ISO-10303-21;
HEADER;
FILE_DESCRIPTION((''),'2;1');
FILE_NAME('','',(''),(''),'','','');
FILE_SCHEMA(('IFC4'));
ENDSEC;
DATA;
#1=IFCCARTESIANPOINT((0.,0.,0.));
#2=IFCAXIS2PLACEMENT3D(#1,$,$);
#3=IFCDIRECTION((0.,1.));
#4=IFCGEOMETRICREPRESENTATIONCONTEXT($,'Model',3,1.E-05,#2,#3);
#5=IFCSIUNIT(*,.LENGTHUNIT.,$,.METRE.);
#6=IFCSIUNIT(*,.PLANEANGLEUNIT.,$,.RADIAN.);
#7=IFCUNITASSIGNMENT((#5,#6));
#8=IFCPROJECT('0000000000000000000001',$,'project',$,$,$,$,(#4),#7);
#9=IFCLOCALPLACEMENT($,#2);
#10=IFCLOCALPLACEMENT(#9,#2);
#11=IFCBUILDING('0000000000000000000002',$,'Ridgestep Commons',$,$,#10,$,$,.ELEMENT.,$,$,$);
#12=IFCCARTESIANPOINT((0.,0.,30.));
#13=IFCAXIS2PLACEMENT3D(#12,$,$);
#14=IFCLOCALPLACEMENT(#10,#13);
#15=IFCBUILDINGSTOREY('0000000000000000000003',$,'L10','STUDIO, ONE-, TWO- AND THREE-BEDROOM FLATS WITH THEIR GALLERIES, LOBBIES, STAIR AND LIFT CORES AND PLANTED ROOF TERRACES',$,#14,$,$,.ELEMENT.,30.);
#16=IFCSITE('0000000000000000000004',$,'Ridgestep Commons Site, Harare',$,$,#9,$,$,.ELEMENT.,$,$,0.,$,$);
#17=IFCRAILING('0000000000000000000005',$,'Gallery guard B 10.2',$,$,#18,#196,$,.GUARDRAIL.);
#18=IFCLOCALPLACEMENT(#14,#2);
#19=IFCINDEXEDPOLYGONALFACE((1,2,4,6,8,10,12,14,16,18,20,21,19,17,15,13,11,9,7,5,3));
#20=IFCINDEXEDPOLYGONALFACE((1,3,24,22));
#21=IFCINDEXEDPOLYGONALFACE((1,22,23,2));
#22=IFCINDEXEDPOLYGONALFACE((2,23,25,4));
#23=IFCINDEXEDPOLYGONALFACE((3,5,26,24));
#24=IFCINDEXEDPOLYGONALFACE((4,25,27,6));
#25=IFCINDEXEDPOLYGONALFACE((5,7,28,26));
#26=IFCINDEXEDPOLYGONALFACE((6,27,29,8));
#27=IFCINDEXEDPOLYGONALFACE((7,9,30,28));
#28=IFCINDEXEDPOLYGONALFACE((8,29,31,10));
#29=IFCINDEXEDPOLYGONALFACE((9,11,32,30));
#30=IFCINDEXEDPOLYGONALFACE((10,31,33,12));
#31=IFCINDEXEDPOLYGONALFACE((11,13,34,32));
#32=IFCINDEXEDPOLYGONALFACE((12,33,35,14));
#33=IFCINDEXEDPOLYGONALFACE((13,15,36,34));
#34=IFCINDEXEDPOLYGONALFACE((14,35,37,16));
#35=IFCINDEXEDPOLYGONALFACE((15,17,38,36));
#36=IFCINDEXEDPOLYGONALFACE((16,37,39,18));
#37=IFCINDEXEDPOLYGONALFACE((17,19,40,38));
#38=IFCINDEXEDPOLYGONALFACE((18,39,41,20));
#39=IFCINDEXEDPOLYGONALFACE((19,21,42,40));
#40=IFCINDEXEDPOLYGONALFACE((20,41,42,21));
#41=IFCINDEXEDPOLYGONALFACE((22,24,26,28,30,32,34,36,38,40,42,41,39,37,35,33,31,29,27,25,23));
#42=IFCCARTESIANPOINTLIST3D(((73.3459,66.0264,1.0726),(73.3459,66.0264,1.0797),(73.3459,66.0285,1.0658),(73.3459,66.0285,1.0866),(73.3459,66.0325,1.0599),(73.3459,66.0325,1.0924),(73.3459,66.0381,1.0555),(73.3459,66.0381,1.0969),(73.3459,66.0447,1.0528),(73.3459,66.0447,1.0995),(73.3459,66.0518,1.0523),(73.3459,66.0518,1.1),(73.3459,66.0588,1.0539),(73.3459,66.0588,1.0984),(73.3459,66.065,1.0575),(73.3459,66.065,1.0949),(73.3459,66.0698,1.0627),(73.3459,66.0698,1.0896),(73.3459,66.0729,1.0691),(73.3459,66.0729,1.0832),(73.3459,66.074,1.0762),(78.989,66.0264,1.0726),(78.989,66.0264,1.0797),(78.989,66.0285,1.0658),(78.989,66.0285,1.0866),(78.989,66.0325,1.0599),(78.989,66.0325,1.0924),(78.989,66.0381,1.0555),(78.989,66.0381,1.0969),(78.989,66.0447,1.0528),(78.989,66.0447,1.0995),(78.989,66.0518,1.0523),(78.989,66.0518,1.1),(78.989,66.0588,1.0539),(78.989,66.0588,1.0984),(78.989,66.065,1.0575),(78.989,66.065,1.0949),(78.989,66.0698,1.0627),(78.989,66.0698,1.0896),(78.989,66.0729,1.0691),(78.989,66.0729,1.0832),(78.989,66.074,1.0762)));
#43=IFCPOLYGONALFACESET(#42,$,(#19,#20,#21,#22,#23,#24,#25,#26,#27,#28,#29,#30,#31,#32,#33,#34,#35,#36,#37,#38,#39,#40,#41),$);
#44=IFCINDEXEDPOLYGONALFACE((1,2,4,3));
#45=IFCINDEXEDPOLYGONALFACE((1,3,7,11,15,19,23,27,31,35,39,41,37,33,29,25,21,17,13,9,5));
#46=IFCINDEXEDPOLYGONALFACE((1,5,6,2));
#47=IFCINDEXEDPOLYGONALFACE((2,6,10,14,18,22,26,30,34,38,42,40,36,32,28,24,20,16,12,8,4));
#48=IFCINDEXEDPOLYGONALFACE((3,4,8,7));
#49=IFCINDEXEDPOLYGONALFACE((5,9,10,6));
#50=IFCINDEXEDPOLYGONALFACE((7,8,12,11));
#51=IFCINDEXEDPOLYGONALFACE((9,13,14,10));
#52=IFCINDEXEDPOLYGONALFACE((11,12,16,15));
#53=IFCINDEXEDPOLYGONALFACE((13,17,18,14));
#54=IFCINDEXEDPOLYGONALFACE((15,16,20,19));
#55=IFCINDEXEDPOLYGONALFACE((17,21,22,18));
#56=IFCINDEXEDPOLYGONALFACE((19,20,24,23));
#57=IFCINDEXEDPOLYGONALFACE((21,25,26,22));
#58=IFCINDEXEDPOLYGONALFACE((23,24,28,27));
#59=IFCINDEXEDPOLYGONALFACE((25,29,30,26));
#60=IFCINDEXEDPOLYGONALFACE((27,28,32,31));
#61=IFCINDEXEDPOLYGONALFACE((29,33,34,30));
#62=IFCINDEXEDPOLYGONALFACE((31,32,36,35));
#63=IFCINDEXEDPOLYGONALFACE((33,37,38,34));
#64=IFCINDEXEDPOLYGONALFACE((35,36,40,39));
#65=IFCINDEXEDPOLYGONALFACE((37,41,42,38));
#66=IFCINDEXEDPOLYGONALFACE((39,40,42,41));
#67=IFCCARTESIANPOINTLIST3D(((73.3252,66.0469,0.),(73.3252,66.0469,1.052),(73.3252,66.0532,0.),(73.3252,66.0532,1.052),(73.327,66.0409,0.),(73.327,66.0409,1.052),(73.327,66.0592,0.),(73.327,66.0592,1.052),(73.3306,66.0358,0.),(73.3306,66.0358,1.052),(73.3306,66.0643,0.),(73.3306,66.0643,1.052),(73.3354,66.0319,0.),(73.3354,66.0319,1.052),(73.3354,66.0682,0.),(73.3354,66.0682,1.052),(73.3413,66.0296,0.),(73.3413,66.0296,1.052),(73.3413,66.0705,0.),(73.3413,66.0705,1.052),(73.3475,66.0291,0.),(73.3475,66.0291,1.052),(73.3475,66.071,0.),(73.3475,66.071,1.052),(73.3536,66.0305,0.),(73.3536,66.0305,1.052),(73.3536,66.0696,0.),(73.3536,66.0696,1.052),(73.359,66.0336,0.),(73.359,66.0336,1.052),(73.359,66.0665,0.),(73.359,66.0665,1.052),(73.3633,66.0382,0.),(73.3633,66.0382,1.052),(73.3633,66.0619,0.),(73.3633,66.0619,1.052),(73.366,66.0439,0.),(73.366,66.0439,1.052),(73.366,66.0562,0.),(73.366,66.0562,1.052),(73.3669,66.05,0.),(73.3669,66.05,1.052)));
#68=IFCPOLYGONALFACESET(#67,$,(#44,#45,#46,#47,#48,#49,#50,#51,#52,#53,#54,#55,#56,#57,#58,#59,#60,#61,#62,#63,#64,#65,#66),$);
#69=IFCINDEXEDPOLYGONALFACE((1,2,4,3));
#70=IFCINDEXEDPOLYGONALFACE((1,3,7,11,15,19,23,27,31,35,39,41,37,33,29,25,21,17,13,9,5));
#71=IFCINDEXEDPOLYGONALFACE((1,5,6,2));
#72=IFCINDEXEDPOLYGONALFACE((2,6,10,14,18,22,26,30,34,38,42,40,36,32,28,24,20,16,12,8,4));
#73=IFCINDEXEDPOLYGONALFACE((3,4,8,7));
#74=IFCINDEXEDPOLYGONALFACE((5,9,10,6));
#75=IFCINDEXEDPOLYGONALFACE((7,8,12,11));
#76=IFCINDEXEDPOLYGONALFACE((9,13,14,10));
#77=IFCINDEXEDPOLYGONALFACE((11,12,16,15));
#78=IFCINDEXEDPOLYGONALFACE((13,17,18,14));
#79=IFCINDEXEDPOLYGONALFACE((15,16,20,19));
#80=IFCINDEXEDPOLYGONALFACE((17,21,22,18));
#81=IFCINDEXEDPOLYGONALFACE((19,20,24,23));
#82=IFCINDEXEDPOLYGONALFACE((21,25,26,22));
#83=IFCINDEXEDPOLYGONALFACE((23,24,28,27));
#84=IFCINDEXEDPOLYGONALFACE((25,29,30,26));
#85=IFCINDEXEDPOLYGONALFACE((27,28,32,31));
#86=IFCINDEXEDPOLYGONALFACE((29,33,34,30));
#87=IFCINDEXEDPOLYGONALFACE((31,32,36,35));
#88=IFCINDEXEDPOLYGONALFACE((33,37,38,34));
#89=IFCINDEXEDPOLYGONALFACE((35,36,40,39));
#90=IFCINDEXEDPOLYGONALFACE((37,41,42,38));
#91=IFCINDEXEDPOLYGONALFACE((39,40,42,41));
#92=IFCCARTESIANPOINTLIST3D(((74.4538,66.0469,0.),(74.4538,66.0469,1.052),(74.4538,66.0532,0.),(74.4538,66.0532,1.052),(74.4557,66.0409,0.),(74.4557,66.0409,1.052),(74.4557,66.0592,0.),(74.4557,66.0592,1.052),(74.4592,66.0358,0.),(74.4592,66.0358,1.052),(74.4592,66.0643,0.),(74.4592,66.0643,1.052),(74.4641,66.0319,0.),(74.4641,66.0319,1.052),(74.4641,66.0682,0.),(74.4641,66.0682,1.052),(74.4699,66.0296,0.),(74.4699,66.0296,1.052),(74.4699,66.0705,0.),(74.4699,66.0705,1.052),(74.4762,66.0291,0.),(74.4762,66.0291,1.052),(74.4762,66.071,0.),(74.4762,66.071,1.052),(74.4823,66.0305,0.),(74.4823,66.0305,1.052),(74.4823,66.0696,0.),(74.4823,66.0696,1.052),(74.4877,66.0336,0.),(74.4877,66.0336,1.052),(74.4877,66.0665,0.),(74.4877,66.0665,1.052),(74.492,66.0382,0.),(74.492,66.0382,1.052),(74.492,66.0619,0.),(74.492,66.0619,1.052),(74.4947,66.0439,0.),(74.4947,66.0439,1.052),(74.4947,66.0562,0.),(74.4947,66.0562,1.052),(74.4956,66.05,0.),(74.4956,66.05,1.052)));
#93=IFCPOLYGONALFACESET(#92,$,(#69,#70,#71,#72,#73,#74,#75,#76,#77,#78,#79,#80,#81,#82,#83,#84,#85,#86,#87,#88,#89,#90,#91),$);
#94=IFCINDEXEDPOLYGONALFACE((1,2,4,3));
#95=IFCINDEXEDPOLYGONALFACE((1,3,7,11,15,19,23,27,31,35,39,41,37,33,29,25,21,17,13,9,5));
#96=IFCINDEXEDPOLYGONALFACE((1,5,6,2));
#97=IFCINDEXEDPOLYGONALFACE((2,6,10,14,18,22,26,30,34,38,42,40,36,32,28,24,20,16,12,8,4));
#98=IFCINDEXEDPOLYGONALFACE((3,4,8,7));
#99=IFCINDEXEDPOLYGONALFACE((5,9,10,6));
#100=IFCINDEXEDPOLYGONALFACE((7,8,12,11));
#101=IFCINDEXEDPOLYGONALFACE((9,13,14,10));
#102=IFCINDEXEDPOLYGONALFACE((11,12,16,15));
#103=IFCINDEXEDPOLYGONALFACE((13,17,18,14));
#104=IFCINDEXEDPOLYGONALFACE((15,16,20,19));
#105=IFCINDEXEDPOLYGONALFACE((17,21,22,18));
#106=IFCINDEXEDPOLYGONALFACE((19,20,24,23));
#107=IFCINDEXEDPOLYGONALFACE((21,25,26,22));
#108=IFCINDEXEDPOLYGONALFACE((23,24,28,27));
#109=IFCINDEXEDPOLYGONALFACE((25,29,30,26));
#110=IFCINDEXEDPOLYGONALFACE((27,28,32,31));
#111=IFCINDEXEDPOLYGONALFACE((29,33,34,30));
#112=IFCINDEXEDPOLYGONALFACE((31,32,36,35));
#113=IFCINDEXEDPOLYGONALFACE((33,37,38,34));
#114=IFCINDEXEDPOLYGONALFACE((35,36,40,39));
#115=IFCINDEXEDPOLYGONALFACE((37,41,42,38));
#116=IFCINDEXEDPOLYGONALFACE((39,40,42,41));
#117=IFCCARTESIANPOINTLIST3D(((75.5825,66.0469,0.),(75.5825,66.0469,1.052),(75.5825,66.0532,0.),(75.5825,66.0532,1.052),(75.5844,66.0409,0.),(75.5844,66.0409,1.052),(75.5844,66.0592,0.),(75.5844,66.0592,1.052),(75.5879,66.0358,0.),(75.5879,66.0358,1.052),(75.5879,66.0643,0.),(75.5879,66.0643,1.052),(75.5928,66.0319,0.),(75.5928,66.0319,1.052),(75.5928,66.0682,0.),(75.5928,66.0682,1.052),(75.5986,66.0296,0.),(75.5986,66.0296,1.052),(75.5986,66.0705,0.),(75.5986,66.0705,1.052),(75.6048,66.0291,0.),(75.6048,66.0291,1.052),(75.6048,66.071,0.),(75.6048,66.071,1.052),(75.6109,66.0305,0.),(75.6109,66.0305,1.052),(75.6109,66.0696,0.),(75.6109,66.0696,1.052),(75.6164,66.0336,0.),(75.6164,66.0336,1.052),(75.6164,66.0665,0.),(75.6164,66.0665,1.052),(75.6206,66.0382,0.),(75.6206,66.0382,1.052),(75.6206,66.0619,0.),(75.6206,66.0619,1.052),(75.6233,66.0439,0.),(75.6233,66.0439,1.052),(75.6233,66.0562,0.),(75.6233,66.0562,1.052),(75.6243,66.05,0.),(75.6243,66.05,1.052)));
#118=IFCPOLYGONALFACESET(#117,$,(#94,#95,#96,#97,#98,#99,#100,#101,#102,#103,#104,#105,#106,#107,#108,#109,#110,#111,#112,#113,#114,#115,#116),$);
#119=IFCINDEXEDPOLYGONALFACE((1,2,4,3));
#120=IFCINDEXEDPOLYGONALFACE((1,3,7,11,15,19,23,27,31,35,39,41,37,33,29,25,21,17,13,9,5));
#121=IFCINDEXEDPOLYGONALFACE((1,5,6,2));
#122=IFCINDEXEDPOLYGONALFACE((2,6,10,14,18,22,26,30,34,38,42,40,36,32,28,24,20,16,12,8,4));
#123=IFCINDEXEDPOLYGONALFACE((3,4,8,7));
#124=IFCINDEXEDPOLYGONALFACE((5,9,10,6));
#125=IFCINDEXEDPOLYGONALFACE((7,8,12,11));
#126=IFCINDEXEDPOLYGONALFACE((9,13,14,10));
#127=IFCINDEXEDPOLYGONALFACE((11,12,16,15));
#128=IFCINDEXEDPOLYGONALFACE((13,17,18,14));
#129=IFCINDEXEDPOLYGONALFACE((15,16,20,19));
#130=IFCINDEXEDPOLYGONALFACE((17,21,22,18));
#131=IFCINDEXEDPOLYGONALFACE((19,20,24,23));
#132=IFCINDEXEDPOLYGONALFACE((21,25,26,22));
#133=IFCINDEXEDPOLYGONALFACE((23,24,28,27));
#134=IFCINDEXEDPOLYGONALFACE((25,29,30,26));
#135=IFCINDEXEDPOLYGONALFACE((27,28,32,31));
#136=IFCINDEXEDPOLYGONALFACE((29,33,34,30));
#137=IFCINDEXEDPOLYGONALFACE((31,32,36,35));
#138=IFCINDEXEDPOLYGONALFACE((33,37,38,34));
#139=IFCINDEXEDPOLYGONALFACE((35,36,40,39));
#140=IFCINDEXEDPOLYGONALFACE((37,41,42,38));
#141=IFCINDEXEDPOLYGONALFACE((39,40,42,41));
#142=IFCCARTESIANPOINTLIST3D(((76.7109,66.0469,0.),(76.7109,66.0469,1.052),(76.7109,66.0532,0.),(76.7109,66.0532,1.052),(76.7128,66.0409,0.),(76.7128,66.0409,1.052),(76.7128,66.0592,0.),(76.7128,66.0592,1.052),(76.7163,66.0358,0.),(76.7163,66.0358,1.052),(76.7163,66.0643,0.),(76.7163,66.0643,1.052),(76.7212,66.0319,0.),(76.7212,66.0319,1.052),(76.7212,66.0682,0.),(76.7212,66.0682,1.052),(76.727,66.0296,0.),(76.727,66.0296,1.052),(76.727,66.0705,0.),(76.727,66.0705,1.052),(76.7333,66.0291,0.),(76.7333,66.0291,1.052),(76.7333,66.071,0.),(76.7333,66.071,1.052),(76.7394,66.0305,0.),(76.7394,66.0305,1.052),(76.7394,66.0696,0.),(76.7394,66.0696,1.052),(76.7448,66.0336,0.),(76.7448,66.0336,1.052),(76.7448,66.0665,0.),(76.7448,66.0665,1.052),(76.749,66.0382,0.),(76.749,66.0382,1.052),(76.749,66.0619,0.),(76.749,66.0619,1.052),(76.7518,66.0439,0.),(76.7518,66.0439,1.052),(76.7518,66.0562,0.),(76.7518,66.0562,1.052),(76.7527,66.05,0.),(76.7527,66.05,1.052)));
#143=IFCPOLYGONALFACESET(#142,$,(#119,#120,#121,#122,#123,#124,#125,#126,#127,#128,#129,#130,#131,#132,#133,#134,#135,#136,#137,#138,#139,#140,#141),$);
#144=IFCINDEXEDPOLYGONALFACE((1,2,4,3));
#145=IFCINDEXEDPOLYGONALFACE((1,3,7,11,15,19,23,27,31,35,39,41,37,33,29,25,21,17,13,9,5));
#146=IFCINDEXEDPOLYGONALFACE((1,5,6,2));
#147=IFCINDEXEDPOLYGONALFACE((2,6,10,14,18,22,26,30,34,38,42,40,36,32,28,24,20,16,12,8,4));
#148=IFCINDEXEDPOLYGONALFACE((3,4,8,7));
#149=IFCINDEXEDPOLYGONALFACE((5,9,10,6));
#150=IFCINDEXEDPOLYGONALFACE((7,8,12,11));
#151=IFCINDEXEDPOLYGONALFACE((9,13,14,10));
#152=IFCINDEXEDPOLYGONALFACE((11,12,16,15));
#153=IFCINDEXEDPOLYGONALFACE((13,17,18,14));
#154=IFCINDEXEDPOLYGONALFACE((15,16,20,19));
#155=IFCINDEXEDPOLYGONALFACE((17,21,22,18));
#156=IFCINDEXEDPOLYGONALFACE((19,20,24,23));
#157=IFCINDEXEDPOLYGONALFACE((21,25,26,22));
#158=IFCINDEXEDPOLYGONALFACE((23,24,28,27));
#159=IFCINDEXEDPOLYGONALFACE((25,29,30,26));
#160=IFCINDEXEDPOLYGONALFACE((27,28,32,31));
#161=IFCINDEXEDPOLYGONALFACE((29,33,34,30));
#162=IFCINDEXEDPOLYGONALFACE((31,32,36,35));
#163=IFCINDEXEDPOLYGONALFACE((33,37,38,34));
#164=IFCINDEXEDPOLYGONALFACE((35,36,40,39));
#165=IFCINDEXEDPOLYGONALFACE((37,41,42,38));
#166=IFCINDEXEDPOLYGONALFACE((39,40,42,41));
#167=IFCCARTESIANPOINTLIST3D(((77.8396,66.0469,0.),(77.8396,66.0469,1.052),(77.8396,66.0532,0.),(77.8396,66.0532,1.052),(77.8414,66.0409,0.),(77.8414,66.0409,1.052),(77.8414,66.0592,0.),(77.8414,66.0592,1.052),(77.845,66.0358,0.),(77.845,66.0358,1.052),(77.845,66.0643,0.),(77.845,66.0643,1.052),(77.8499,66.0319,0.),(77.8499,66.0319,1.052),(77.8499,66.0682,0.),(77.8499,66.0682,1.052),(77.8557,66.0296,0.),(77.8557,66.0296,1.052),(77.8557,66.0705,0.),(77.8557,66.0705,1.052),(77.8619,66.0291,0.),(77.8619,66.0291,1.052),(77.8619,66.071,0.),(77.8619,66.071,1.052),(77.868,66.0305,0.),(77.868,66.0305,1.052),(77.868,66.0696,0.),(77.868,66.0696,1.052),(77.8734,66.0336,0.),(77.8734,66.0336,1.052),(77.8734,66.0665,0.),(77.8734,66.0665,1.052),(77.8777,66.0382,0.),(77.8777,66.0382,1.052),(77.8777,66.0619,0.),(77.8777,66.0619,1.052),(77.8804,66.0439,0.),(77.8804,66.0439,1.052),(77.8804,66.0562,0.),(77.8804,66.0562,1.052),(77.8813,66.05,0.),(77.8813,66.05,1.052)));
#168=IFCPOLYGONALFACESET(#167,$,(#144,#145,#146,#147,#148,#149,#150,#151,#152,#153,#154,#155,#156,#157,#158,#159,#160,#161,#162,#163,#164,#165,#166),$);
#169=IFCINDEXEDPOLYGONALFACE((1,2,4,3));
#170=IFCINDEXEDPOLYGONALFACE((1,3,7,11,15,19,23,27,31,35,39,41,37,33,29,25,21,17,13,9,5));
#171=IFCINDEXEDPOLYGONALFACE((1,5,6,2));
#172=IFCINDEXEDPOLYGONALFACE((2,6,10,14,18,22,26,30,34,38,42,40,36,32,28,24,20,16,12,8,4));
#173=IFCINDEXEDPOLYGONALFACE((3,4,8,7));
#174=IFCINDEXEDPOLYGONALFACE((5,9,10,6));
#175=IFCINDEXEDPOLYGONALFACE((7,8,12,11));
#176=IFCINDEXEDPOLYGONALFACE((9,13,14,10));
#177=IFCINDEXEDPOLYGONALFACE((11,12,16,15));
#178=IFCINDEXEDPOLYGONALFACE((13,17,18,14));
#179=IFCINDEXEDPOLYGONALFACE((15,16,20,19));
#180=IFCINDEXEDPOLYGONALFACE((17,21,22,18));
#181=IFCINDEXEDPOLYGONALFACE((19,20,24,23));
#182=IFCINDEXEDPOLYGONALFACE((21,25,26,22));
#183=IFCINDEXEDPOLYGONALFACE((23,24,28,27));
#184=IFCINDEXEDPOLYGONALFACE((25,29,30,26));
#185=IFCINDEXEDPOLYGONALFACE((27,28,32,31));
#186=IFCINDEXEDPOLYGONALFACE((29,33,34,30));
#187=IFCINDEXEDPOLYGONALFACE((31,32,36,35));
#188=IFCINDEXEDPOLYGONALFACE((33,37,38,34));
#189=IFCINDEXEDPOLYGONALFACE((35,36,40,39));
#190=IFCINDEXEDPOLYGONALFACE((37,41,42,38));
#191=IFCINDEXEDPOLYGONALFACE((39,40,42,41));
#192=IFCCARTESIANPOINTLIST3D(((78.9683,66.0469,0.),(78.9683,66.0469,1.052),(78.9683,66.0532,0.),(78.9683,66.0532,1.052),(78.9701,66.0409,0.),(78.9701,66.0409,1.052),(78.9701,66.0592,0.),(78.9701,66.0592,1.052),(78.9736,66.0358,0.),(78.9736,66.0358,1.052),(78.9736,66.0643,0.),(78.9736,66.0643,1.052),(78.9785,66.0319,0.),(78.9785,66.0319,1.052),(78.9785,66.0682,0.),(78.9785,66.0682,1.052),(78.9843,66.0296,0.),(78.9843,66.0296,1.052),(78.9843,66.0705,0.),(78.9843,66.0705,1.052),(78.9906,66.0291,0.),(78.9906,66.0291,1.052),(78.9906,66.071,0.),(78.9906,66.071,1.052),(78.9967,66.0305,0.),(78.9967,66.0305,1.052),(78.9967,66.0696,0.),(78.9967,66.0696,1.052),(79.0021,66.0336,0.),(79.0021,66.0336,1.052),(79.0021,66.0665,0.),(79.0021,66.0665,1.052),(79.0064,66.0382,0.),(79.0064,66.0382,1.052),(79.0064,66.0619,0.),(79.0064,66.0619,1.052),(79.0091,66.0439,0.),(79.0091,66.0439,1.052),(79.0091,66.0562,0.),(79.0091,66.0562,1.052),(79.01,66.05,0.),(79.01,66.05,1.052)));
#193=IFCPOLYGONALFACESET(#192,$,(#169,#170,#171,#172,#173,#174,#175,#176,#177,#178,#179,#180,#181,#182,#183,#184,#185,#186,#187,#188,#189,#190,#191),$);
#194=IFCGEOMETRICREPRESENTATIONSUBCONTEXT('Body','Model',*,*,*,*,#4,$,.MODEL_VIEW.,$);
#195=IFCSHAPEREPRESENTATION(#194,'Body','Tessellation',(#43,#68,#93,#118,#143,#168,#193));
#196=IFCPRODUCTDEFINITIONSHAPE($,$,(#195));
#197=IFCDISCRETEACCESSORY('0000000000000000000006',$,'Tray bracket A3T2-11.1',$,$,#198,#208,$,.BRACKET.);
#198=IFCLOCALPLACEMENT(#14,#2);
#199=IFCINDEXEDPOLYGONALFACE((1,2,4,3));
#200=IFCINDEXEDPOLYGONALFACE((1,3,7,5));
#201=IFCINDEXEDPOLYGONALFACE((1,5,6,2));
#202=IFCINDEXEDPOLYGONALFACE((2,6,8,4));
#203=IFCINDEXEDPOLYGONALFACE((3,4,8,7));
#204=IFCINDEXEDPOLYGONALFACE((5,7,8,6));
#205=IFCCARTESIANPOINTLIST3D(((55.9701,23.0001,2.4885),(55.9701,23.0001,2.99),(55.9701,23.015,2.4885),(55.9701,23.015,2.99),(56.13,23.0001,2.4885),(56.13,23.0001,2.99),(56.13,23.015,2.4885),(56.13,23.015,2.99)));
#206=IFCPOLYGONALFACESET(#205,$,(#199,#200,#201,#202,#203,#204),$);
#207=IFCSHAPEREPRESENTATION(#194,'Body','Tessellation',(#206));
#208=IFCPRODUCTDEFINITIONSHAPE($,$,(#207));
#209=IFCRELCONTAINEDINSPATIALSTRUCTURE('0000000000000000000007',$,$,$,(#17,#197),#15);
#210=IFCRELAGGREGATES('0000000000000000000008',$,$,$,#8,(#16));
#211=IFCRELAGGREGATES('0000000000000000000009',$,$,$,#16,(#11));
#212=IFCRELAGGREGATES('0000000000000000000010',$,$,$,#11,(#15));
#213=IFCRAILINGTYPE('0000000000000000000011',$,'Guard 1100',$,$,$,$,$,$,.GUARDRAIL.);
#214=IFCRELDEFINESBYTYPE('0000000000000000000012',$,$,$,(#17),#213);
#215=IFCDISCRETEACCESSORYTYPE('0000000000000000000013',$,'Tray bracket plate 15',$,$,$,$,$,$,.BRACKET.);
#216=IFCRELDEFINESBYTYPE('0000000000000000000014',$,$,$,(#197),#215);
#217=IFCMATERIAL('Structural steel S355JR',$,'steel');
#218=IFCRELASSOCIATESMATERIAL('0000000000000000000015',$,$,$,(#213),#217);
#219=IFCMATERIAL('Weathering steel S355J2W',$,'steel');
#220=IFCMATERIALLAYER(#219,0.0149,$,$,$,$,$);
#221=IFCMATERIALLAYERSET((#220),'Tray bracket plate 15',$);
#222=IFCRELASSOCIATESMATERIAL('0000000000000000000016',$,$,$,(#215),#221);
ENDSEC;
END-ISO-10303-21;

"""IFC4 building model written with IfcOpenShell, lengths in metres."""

from ifc_helpers import new_model, si_unit, direction, frame, origin, origin_2d, place, context, subcontext, project, spatial, rectangle, circle, extrude, material, layer, layer_set, type_object, element, save


model = new_model("IFC4")

# Units and contexts
model_context = context("Model", 3, precision=1e-05, world=origin(), true_north=direction((0.0, 1.0)))
body_context = subcontext(model_context, "Body", "Model", "MODEL_VIEW")
ifc_project = project(units=[si_unit("LENGTHUNIT", "METRE"), si_unit("PLANEANGLEUNIT", "RADIAN")], contexts=[model_context])

# Site, building, storey
site_placement = place(None, origin())
site = spatial("IfcSite", under=ifc_project, at=site_placement, Name="Ridgestep Commons Site, Harare", CompositionType="ELEMENT", RefElevation=0.0)
building_placement = place(site_placement, origin())
building = spatial("IfcBuilding", under=site, at=building_placement, Name="Ridgestep Commons", CompositionType="ELEMENT")
storey_placement = place(building_placement, frame((0.0, 0.0, 30.0)))
storey = spatial("IfcBuildingStorey", under=building, at=storey_placement, Name="L10", Description="STUDIO, ONE-, TWO- AND THREE-BEDROOM FLATS WITH THEIR GALLERIES, LOBBIES, STAIR AND LIFT CORES AND PLANTED ROOF TERRACES", CompositionType="ELEMENT", Elevation=30.0)

# Railing
ifc_material_1 = material(Name="Structural steel S355JR", Category="steel")
railing_type = type_object("IfcRailingType", Name="Guard 1100", PredefinedType="GUARDRAIL", material=ifc_material_1)
railing_1_placement = place(storey_placement, frame((73.3459, 66.05, 0.0)))
element("IfcRailing", 1, at=railing_1_placement, inside=storey, type_object=railing_type, Name="Gallery guard B 10.2", PredefinedType="GUARDRAIL", context=body_context, shape_type="SweptSolid", body=[
    extrude(circle(Radius=0.0239, at=origin_2d()), frame((0.0, 0.0, 1.0762), z_axis=(1.0, 0.0, 0.0), x_axis=(0.0, 1.0, 0.0)), (0.0, 0.0, 1.0), 5.6431),
    extrude(circle(Radius=0.021, at=origin_2d()), origin(), (0.0, 0.0, 1.0), 1.052),
    extrude(circle(Radius=0.021, at=origin_2d()), frame((1.1287, 0.0, 0.0)), (0.0, 0.0, 1.0), 1.052),
    extrude(circle(Radius=0.021, at=origin_2d()), frame((2.2573, 0.0, 0.0)), (0.0, 0.0, 1.0), 1.052),
    extrude(circle(Radius=0.021, at=origin_2d()), frame((3.3857, 0.0, 0.0)), (0.0, 0.0, 1.0), 1.052),
    extrude(circle(Radius=0.021, at=origin_2d()), frame((4.5144, 0.0, 0.0)), (0.0, 0.0, 1.0), 1.052),
    extrude(circle(Radius=0.021, at=origin_2d()), frame((5.6431, 0.0, 0.0)), (0.0, 0.0, 1.0), 1.052),
])

# Discrete accessory
ifc_material_2 = material(Name="Weathering steel S355J2W", Category="steel")
ifc_layer_1 = layer(ifc_material_2, 0.0149)
ifc_layer_set_1 = layer_set([ifc_layer_1], Name="Tray bracket plate 15")
discrete_accessory_type_1 = type_object("IfcDiscreteAccessoryType", Name="Tray bracket plate 15", PredefinedType="BRACKET", material=ifc_layer_set_1)
for number, where, z_axis, x_axis, name in (
    (2, (56.05, 23.0076, 2.4885), (0.0, 0.0, 1.0), (1.0, 0.0, 0.0), "Tray bracket A3T2-11.1"),
):
    element("IfcDiscreteAccessory", number, at=place(storey_placement, frame(where, z_axis=z_axis, x_axis=x_axis)), inside=storey, type_object=discrete_accessory_type_1, Name=name, PredefinedType="BRACKET", context=body_context, shape_type="SweptSolid", body=[
        extrude(rectangle(XDim=0.1599, YDim=0.0149, at=origin_2d()), origin(), (0.0, 0.0, 1.0), 0.5015),
    ])

save(model, "model.ifc")
